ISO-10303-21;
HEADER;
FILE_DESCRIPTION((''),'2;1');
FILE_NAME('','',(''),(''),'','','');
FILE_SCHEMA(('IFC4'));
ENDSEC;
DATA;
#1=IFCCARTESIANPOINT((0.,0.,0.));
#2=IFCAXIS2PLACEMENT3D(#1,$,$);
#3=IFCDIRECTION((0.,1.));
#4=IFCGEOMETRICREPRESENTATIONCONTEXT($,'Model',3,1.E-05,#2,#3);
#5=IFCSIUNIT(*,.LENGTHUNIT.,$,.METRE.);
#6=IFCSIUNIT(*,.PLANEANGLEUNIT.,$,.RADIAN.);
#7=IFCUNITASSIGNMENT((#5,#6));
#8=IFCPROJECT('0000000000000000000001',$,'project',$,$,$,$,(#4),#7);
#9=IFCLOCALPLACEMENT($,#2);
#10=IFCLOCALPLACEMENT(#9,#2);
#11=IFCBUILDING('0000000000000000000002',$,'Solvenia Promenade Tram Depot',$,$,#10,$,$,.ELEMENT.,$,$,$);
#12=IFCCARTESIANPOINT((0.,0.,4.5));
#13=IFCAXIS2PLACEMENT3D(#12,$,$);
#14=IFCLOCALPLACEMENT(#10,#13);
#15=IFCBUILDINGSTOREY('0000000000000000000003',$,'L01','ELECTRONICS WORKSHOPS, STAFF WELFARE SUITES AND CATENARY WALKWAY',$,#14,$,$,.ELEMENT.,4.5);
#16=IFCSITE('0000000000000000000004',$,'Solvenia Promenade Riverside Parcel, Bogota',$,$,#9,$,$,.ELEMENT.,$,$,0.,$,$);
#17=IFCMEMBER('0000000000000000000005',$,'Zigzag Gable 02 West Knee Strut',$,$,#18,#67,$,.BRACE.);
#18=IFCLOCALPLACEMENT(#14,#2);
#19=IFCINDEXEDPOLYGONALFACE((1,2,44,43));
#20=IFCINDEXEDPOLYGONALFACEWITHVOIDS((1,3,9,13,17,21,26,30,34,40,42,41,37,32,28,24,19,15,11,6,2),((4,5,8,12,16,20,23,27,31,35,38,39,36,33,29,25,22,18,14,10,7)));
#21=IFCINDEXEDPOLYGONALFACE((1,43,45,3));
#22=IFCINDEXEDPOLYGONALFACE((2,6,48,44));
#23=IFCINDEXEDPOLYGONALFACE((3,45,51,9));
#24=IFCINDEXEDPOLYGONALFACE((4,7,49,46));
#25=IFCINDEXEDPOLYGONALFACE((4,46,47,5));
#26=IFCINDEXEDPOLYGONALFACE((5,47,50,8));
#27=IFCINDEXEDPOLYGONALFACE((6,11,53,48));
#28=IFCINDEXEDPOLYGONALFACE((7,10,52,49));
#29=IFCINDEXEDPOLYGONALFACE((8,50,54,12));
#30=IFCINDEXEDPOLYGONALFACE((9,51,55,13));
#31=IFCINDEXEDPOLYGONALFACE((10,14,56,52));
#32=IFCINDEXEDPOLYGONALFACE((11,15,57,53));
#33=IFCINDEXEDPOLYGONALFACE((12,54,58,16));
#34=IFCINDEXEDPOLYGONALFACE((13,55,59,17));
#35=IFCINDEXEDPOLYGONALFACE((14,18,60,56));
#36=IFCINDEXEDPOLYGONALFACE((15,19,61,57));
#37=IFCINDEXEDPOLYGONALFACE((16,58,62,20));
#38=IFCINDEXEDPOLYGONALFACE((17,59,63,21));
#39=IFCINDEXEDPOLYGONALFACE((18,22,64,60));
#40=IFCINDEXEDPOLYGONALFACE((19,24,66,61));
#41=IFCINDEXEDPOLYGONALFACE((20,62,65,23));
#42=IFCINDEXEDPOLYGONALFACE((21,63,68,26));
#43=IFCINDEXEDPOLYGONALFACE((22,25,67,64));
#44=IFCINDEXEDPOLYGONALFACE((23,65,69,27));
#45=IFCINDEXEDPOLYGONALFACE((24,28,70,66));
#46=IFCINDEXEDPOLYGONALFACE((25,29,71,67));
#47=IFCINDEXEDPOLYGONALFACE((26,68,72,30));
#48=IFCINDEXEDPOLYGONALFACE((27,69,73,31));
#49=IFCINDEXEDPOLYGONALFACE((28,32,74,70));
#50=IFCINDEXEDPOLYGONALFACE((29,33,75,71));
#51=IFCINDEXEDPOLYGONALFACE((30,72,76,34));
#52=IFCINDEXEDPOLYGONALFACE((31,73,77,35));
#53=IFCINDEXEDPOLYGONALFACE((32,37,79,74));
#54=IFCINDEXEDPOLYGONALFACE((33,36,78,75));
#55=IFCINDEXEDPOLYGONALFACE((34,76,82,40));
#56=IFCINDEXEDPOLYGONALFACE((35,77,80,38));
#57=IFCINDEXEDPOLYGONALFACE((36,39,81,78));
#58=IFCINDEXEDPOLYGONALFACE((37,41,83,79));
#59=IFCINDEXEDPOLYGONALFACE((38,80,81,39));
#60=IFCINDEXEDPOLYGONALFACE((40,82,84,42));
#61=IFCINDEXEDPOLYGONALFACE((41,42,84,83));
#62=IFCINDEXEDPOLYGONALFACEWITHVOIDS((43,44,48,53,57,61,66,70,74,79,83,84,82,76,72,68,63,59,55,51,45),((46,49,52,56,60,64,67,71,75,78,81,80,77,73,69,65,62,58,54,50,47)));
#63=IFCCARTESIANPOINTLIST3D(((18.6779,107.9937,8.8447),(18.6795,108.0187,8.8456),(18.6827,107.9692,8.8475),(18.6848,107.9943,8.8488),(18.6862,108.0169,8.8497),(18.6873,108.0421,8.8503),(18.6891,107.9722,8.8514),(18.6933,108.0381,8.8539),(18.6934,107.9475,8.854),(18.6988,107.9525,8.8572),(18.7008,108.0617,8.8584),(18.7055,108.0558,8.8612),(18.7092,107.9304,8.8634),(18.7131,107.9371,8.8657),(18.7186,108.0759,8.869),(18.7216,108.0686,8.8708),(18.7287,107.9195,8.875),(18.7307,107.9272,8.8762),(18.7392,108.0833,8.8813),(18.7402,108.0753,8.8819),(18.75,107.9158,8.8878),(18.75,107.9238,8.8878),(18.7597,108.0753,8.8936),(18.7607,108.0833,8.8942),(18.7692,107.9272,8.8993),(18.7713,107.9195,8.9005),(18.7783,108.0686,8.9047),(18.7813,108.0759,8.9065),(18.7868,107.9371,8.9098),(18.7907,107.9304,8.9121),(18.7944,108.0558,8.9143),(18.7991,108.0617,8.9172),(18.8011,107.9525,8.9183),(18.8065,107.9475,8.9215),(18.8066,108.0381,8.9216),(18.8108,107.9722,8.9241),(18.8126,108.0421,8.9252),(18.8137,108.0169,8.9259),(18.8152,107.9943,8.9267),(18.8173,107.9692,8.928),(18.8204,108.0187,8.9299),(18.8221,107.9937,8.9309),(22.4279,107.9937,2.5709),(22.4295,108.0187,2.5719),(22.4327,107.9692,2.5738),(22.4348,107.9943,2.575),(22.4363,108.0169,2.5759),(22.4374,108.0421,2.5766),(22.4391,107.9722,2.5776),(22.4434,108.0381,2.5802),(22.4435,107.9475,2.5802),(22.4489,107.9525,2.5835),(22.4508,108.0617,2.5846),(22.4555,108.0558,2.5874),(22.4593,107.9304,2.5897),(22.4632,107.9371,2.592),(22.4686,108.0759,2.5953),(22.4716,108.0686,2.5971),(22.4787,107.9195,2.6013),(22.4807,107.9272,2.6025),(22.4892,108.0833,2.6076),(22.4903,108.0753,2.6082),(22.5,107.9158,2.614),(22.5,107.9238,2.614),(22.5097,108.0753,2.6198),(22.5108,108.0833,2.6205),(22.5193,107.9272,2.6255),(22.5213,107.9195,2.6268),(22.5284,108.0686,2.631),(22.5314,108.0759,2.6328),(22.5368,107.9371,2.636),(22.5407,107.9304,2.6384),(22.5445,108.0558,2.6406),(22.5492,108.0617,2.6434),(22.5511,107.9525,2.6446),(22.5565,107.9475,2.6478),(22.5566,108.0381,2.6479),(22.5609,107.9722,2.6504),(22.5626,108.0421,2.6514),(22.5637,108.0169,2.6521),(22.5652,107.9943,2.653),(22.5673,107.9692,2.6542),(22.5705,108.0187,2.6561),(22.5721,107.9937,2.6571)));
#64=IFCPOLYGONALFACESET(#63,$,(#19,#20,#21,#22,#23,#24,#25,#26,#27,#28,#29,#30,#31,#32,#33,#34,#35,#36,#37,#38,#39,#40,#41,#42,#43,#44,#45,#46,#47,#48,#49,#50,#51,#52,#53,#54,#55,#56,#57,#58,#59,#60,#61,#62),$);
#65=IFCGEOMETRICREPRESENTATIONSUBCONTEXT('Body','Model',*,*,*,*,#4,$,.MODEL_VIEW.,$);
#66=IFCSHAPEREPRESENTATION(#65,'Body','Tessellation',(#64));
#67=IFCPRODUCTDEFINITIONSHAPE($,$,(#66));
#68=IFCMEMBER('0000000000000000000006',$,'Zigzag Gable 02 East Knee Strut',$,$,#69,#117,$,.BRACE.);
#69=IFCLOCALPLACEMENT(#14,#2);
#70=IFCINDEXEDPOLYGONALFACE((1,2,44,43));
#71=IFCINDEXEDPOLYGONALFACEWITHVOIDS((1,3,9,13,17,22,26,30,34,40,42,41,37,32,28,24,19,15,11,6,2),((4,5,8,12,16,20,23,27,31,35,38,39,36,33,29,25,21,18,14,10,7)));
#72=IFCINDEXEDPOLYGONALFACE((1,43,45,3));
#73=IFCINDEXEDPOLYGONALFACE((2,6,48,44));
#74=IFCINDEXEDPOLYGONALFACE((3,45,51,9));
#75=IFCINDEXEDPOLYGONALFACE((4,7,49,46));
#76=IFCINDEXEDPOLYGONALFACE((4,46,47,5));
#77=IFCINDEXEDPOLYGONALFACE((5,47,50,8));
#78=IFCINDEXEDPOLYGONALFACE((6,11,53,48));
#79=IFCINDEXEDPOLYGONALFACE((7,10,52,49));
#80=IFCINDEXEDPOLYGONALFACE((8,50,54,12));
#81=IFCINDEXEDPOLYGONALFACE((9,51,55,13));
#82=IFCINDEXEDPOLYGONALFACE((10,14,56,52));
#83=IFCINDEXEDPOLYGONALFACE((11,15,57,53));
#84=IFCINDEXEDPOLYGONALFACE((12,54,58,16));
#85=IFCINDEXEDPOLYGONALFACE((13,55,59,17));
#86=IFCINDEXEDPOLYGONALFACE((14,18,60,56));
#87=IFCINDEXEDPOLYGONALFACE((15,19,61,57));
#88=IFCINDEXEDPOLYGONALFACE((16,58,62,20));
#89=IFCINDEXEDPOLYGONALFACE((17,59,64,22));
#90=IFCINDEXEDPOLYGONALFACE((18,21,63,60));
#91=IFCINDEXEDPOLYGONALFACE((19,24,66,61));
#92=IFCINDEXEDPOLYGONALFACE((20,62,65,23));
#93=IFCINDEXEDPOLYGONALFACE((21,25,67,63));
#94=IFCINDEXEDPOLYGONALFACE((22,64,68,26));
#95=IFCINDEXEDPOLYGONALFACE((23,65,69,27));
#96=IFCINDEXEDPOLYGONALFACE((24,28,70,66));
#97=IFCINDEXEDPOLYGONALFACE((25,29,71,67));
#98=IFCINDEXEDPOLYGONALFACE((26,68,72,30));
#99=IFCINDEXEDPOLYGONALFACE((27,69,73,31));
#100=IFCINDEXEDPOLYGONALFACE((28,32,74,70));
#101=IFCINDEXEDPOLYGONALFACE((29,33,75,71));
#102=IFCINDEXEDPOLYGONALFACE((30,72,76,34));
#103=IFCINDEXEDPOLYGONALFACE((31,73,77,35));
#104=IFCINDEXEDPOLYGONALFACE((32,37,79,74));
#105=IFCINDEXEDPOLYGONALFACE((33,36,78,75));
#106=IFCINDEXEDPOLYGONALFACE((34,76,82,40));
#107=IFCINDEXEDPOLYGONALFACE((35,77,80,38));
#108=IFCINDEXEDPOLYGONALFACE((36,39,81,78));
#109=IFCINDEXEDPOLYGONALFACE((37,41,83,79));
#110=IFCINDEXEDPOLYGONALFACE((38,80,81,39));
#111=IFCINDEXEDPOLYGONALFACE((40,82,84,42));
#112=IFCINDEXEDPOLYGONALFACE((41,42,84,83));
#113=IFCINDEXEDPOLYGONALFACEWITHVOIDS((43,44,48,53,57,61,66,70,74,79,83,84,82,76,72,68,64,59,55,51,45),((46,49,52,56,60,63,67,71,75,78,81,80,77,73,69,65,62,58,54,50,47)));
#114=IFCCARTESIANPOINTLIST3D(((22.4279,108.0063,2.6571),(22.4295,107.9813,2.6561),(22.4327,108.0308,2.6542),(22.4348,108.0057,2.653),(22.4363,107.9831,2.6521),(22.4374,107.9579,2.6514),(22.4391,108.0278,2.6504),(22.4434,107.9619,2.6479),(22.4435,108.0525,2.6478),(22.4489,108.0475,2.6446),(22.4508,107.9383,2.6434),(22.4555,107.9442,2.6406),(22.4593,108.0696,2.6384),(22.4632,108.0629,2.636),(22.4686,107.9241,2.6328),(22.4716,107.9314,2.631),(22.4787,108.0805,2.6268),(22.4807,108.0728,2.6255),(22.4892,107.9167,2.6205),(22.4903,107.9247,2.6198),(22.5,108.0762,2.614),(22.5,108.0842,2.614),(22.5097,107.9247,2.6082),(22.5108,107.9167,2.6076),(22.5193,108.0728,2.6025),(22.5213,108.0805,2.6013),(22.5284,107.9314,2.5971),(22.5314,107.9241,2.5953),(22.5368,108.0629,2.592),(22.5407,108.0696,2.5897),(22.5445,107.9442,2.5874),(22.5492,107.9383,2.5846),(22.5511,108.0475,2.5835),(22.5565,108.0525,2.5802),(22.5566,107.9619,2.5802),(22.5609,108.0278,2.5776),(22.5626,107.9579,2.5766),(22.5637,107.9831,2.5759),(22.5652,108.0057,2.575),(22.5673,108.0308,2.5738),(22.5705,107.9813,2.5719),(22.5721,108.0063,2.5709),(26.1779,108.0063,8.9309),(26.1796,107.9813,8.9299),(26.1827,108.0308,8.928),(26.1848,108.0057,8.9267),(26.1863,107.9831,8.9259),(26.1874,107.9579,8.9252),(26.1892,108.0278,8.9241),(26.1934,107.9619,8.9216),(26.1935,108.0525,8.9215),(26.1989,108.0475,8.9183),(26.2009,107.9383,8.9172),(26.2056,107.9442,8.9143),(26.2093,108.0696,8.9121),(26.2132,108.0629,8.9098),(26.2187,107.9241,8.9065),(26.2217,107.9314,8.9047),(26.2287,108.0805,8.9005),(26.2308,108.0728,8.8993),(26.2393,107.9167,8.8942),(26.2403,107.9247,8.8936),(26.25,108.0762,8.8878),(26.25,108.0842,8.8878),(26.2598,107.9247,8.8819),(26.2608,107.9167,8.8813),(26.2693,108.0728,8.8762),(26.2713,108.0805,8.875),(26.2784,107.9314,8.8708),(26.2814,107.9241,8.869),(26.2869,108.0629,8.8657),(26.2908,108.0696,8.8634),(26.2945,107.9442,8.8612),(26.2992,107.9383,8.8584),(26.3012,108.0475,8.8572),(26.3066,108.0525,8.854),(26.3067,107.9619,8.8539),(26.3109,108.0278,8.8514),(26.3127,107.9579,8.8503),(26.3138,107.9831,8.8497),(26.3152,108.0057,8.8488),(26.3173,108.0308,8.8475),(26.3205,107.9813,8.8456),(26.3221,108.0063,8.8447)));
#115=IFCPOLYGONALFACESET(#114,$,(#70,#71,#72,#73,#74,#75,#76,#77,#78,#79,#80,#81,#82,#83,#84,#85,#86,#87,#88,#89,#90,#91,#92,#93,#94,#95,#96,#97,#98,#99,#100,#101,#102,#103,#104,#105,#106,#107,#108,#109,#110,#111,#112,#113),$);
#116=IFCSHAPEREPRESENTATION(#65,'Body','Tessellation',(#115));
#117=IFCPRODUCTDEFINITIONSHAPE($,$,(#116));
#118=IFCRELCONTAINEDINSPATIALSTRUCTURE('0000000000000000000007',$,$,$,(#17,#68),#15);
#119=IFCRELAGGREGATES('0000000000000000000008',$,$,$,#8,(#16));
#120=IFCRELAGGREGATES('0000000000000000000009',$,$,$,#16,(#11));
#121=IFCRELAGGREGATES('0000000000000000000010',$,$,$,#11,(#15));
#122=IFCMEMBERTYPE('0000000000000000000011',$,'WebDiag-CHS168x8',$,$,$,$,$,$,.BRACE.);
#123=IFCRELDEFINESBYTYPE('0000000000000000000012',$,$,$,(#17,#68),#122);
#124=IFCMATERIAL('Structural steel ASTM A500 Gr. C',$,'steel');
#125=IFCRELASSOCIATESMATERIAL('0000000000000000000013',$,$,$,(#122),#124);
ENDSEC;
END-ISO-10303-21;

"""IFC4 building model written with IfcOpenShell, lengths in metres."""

from ifc_helpers import new_model, si_unit, direction, frame, origin, origin_2d, place, context, subcontext, project, spatial, hollow_circle, extrude, material, material_profile, profile_set, type_object, element, save


model = new_model("IFC4")

# Units and contexts
model_context = context("Model", 3, precision=1e-05, world=origin(), true_north=direction((0.0, 1.0)))
body_context = subcontext(model_context, "Body", "Model", "MODEL_VIEW")
ifc_project = project(units=[si_unit("LENGTHUNIT", "METRE"), si_unit("PLANEANGLEUNIT", "RADIAN")], contexts=[model_context])

# Site, building, storey
site_placement = place(None, origin())
site = spatial("IfcSite", under=ifc_project, at=site_placement, Name="Solvenia Promenade Riverside Parcel, Bogota", CompositionType="ELEMENT", RefElevation=0.0)
building_placement = place(site_placement, origin())
building = spatial("IfcBuilding", under=site, at=building_placement, Name="Solvenia Promenade Tram Depot", CompositionType="ELEMENT")
storey_placement = place(building_placement, frame((0.0, 0.0, 4.5)))
storey = spatial("IfcBuildingStorey", under=building, at=storey_placement, Name="L01", Description="ELECTRONICS WORKSHOPS, STAFF WELFARE SUITES AND CATENARY WALKWAY", CompositionType="ELEMENT", Elevation=4.5)

# Shared definitions
ifc_material_1 = material(Name="Structural steel ASTM A500 Gr. C", Category="steel")

# Members
ifc_material_profile_1 = material_profile(ifc_material_1, hollow_circle(Radius=0.0842, WallThickness=0.0081, at=origin_2d()), Name="CHS168.3x8", Category="steel")
ifc_profile_set_1 = profile_set([ifc_material_profile_1], Name="Structural steel ASTM A500 Gr. C")
member_type_1 = type_object("IfcMemberType", Name="WebDiag-CHS168x8", PredefinedType="BRACE", material=ifc_profile_set_1)
for number, where, z_axis, x_axis, name in (
    (1, (22.5, 108.0, 2.614), (-0.513066, 0.0, 0.858349), (0.0, -1.0, 0.0), "Zigzag Gable 02 West Knee Strut"),
    (2, (22.5, 108.0, 2.614), (0.513066, 0.0, 0.858349), (0.0, 1.0, 0.0), "Zigzag Gable 02 East Knee Strut"),
):
    element("IfcMember", number, at=place(storey_placement, frame(where, z_axis=z_axis, x_axis=x_axis)), inside=storey, type_object=member_type_1, Name=name, PredefinedType="BRACE", context=body_context, shape_type="SweptSolid", body=[
        extrude(hollow_circle(Radius=0.0842, WallThickness=0.0081, at=origin_2d()), origin(), (0.0, 0.0, 1.0), 7.3091),
    ])

save(model, "model.ifc")
